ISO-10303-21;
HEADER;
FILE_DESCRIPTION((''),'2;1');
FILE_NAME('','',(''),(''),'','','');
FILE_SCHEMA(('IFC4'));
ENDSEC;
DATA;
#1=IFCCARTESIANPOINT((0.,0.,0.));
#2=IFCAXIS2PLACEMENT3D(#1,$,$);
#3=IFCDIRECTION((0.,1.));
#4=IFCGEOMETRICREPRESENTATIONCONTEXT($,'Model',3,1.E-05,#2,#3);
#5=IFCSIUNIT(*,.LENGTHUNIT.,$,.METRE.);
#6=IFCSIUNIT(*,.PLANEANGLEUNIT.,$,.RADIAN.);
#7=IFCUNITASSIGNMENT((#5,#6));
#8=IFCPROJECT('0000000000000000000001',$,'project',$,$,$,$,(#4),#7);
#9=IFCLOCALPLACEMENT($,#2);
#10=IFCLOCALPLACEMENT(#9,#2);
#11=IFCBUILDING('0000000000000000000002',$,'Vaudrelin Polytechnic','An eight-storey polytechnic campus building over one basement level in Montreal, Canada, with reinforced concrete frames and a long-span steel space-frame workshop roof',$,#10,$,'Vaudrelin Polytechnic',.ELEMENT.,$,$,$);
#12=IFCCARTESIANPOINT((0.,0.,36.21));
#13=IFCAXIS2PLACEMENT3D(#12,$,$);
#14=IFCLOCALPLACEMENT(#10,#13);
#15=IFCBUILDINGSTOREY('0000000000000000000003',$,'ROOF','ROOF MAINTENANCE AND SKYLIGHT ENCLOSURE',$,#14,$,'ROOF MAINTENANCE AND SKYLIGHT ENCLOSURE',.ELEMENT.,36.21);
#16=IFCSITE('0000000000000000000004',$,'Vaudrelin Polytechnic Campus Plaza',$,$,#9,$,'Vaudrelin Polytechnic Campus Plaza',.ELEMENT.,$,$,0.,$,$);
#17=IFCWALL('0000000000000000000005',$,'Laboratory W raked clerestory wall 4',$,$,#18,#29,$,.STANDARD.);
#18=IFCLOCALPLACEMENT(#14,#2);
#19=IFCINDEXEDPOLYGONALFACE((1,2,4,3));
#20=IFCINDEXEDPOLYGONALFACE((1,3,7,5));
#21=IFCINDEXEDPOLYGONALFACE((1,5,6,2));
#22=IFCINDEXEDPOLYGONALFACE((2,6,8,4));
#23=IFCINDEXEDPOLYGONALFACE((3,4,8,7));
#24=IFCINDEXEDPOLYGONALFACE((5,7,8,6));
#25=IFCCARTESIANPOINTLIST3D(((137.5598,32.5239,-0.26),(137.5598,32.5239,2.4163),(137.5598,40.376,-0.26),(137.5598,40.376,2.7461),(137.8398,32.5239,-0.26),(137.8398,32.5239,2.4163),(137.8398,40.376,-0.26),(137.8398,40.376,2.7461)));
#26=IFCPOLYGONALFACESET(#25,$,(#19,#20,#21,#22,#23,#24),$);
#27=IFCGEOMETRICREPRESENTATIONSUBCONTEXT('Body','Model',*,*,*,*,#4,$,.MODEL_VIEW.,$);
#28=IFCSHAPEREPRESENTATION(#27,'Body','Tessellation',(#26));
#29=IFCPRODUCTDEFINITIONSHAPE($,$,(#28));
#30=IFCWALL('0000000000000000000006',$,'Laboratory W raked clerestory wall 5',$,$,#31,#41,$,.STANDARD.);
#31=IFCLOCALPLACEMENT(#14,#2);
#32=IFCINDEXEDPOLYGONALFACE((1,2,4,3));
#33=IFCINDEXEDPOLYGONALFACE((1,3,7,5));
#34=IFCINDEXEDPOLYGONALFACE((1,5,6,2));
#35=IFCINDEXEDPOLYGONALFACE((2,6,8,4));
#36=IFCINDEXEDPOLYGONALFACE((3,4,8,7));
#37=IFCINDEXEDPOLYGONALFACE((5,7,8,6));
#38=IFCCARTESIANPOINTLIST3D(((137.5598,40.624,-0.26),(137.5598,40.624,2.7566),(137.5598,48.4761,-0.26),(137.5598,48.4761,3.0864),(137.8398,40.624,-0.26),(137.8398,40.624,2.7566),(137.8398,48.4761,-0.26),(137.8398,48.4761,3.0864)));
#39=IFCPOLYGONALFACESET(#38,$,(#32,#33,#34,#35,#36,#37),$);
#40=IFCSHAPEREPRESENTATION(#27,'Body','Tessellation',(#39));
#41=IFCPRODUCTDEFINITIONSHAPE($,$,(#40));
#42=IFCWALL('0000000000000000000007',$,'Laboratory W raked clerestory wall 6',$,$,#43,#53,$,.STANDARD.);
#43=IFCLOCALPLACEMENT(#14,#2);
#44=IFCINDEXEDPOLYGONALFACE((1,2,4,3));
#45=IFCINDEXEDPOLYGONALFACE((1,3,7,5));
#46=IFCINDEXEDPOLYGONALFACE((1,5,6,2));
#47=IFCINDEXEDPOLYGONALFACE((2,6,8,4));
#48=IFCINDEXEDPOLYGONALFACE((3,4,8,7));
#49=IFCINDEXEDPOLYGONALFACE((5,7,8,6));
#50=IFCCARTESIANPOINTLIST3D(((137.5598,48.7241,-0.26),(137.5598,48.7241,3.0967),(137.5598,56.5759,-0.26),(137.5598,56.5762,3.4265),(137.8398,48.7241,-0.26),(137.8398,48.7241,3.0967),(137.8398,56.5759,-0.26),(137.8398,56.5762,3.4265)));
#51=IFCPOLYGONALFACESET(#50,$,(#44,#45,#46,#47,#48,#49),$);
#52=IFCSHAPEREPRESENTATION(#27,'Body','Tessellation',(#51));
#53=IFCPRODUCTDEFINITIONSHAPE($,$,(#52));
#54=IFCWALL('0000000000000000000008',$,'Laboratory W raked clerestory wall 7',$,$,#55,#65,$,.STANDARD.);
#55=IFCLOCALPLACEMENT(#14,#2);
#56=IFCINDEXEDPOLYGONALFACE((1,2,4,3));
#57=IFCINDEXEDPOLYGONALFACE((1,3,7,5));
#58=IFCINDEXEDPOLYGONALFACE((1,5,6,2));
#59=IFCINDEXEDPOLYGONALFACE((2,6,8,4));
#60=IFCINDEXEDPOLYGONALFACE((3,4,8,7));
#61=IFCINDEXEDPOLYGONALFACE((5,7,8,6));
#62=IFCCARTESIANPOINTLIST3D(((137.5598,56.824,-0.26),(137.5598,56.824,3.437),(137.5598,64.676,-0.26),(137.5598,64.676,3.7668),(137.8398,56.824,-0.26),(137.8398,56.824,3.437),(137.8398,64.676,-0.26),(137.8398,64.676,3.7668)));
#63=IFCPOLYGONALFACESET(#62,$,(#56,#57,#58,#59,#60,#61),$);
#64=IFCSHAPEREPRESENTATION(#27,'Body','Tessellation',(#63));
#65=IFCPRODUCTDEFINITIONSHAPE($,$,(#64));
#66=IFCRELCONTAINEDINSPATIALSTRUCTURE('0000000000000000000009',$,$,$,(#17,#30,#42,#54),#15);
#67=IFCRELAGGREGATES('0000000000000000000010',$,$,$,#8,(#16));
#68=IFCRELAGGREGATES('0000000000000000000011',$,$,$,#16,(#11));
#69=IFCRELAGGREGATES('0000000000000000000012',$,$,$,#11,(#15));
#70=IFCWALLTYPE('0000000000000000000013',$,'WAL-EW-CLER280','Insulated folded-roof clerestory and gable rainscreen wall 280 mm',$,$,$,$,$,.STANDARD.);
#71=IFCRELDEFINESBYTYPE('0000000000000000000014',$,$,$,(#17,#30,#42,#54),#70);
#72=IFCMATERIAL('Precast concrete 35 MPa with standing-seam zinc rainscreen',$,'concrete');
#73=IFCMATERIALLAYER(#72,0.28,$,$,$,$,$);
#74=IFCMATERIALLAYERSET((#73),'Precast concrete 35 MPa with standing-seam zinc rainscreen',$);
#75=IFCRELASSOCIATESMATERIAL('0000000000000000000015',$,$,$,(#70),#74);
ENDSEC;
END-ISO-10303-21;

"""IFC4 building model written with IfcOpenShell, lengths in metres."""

from ifc_helpers import new_model, si_unit, direction, frame, origin, place, context, subcontext, project, spatial, polyline, outline, extrude, material, layer, layer_set, type_object, element, save


model = new_model("IFC4")

# Units and contexts
model_context = context("Model", 3, precision=1e-05, world=origin(), true_north=direction((0.0, 1.0)))
body_context = subcontext(model_context, "Body", "Model", "MODEL_VIEW")
ifc_project = project(units=[si_unit("LENGTHUNIT", "METRE"), si_unit("PLANEANGLEUNIT", "RADIAN")], contexts=[model_context])

# Site, building, storey
site_placement = place(None, origin())
site = spatial("IfcSite", under=ifc_project, at=site_placement, Name="Vaudrelin Polytechnic Campus Plaza", LongName="Vaudrelin Polytechnic Campus Plaza", CompositionType="ELEMENT", RefElevation=0.0)
building_placement = place(site_placement, origin())
building = spatial("IfcBuilding", under=site, at=building_placement, Name="Vaudrelin Polytechnic", Description="An eight-storey polytechnic campus building over one basement level in Montreal, Canada, with reinforced concrete frames and a long-span steel space-frame workshop roof", LongName="Vaudrelin Polytechnic", CompositionType="ELEMENT")
storey_placement = place(building_placement, frame((0.0, 0.0, 36.21)))
storey = spatial("IfcBuildingStorey", under=building, at=storey_placement, Name="ROOF", Description="ROOF MAINTENANCE AND SKYLIGHT ENCLOSURE", LongName="ROOF MAINTENANCE AND SKYLIGHT ENCLOSURE", CompositionType="ELEMENT", Elevation=36.21)

# Walls
ifc_material_1 = material(Name="Precast concrete 35 MPa with standing-seam zinc rainscreen", Category="concrete")
ifc_layer_1 = layer(ifc_material_1, 0.28)
ifc_layer_set_1 = layer_set([ifc_layer_1], Name="Precast concrete 35 MPa with standing-seam zinc rainscreen")
wall_type = type_object("IfcWallType", Name="WAL-EW-CLER280", Description="Insulated folded-roof clerestory and gable rainscreen wall 280 mm", PredefinedType="STANDARD", material=ifc_layer_set_1)
wall_1_placement = place(storey_placement, frame((137.7, 32.5239, -0.26), z_axis=(0.0, 0.0, 1.0), x_axis=(0.0, 1.0, 0.0)))
element("IfcWall", 1, at=wall_1_placement, inside=storey, type_object=wall_type, Name="Laboratory W raked clerestory wall 4", PredefinedType="STANDARD", context=body_context, shape_type="SweptSolid", body=[
    extrude(outline(polyline([(0.0, 0.0), (7.8521, 0.0), (7.8521, 3.0061), (0.0, 2.6763), (0.0, 0.0)])), frame((0.0, 0.1401, 0.0), z_axis=(0.0, -1.0, 0.0), x_axis=(1.0, 0.0, 0.0)), (0.0, 0.0, 1.0), 0.28),
])
wall_2_placement = place(storey_placement, frame((137.7, 40.624, -0.26), z_axis=(0.0, 0.0, 1.0), x_axis=(0.0, 1.0, 0.0)))
element("IfcWall", 2, at=wall_2_placement, inside=storey, type_object=wall_type, Name="Laboratory W raked clerestory wall 5", PredefinedType="STANDARD", context=body_context, shape_type="SweptSolid", body=[
    extrude(outline(polyline([(0.0, 0.0), (7.8521, 0.0), (7.8521, 3.3464), (0.0, 3.0166), (0.0, 0.0)])), frame((0.0, 0.1401, 0.0), z_axis=(0.0, -1.0, 0.0), x_axis=(1.0, 0.0, 0.0)), (0.0, 0.0, 1.0), 0.28),
])
wall_3_placement = place(storey_placement, frame((137.7, 48.7241, -0.26), z_axis=(0.0, 0.0, 1.0), x_axis=(0.0, 1.0, 0.0)))
element("IfcWall", 3, at=wall_3_placement, inside=storey, type_object=wall_type, Name="Laboratory W raked clerestory wall 6", PredefinedType="STANDARD", context=body_context, shape_type="SweptSolid", body=[
    extrude(outline(polyline([(0.0, 0.0), (7.8518, 0.0), (7.8521, 3.6865), (0.0, 3.3567), (0.0, 0.0)])), frame((0.0, 0.1401, 0.0), z_axis=(0.0, -1.0, 0.0), x_axis=(1.0, 0.0, 0.0)), (0.0, 0.0, 1.0), 0.28),
])
wall_4_placement = place(storey_placement, frame((137.7, 56.824, -0.26), z_axis=(0.0, 0.0, 1.0), x_axis=(0.0, 1.0, 0.0)))
element("IfcWall", 4, at=wall_4_placement, inside=storey, type_object=wall_type, Name="Laboratory W raked clerestory wall 7", PredefinedType="STANDARD", context=body_context, shape_type="SweptSolid", body=[
    extrude(outline(polyline([(0.0, 0.0), (7.8521, 0.0), (7.8521, 4.0269), (0.0, 3.697), (0.0, 0.0)])), frame((0.0, 0.1401, 0.0), z_axis=(0.0, -1.0, 0.0), x_axis=(1.0, 0.0, 0.0)), (0.0, 0.0, 1.0), 0.28),
])

save(model, "model.ifc")
